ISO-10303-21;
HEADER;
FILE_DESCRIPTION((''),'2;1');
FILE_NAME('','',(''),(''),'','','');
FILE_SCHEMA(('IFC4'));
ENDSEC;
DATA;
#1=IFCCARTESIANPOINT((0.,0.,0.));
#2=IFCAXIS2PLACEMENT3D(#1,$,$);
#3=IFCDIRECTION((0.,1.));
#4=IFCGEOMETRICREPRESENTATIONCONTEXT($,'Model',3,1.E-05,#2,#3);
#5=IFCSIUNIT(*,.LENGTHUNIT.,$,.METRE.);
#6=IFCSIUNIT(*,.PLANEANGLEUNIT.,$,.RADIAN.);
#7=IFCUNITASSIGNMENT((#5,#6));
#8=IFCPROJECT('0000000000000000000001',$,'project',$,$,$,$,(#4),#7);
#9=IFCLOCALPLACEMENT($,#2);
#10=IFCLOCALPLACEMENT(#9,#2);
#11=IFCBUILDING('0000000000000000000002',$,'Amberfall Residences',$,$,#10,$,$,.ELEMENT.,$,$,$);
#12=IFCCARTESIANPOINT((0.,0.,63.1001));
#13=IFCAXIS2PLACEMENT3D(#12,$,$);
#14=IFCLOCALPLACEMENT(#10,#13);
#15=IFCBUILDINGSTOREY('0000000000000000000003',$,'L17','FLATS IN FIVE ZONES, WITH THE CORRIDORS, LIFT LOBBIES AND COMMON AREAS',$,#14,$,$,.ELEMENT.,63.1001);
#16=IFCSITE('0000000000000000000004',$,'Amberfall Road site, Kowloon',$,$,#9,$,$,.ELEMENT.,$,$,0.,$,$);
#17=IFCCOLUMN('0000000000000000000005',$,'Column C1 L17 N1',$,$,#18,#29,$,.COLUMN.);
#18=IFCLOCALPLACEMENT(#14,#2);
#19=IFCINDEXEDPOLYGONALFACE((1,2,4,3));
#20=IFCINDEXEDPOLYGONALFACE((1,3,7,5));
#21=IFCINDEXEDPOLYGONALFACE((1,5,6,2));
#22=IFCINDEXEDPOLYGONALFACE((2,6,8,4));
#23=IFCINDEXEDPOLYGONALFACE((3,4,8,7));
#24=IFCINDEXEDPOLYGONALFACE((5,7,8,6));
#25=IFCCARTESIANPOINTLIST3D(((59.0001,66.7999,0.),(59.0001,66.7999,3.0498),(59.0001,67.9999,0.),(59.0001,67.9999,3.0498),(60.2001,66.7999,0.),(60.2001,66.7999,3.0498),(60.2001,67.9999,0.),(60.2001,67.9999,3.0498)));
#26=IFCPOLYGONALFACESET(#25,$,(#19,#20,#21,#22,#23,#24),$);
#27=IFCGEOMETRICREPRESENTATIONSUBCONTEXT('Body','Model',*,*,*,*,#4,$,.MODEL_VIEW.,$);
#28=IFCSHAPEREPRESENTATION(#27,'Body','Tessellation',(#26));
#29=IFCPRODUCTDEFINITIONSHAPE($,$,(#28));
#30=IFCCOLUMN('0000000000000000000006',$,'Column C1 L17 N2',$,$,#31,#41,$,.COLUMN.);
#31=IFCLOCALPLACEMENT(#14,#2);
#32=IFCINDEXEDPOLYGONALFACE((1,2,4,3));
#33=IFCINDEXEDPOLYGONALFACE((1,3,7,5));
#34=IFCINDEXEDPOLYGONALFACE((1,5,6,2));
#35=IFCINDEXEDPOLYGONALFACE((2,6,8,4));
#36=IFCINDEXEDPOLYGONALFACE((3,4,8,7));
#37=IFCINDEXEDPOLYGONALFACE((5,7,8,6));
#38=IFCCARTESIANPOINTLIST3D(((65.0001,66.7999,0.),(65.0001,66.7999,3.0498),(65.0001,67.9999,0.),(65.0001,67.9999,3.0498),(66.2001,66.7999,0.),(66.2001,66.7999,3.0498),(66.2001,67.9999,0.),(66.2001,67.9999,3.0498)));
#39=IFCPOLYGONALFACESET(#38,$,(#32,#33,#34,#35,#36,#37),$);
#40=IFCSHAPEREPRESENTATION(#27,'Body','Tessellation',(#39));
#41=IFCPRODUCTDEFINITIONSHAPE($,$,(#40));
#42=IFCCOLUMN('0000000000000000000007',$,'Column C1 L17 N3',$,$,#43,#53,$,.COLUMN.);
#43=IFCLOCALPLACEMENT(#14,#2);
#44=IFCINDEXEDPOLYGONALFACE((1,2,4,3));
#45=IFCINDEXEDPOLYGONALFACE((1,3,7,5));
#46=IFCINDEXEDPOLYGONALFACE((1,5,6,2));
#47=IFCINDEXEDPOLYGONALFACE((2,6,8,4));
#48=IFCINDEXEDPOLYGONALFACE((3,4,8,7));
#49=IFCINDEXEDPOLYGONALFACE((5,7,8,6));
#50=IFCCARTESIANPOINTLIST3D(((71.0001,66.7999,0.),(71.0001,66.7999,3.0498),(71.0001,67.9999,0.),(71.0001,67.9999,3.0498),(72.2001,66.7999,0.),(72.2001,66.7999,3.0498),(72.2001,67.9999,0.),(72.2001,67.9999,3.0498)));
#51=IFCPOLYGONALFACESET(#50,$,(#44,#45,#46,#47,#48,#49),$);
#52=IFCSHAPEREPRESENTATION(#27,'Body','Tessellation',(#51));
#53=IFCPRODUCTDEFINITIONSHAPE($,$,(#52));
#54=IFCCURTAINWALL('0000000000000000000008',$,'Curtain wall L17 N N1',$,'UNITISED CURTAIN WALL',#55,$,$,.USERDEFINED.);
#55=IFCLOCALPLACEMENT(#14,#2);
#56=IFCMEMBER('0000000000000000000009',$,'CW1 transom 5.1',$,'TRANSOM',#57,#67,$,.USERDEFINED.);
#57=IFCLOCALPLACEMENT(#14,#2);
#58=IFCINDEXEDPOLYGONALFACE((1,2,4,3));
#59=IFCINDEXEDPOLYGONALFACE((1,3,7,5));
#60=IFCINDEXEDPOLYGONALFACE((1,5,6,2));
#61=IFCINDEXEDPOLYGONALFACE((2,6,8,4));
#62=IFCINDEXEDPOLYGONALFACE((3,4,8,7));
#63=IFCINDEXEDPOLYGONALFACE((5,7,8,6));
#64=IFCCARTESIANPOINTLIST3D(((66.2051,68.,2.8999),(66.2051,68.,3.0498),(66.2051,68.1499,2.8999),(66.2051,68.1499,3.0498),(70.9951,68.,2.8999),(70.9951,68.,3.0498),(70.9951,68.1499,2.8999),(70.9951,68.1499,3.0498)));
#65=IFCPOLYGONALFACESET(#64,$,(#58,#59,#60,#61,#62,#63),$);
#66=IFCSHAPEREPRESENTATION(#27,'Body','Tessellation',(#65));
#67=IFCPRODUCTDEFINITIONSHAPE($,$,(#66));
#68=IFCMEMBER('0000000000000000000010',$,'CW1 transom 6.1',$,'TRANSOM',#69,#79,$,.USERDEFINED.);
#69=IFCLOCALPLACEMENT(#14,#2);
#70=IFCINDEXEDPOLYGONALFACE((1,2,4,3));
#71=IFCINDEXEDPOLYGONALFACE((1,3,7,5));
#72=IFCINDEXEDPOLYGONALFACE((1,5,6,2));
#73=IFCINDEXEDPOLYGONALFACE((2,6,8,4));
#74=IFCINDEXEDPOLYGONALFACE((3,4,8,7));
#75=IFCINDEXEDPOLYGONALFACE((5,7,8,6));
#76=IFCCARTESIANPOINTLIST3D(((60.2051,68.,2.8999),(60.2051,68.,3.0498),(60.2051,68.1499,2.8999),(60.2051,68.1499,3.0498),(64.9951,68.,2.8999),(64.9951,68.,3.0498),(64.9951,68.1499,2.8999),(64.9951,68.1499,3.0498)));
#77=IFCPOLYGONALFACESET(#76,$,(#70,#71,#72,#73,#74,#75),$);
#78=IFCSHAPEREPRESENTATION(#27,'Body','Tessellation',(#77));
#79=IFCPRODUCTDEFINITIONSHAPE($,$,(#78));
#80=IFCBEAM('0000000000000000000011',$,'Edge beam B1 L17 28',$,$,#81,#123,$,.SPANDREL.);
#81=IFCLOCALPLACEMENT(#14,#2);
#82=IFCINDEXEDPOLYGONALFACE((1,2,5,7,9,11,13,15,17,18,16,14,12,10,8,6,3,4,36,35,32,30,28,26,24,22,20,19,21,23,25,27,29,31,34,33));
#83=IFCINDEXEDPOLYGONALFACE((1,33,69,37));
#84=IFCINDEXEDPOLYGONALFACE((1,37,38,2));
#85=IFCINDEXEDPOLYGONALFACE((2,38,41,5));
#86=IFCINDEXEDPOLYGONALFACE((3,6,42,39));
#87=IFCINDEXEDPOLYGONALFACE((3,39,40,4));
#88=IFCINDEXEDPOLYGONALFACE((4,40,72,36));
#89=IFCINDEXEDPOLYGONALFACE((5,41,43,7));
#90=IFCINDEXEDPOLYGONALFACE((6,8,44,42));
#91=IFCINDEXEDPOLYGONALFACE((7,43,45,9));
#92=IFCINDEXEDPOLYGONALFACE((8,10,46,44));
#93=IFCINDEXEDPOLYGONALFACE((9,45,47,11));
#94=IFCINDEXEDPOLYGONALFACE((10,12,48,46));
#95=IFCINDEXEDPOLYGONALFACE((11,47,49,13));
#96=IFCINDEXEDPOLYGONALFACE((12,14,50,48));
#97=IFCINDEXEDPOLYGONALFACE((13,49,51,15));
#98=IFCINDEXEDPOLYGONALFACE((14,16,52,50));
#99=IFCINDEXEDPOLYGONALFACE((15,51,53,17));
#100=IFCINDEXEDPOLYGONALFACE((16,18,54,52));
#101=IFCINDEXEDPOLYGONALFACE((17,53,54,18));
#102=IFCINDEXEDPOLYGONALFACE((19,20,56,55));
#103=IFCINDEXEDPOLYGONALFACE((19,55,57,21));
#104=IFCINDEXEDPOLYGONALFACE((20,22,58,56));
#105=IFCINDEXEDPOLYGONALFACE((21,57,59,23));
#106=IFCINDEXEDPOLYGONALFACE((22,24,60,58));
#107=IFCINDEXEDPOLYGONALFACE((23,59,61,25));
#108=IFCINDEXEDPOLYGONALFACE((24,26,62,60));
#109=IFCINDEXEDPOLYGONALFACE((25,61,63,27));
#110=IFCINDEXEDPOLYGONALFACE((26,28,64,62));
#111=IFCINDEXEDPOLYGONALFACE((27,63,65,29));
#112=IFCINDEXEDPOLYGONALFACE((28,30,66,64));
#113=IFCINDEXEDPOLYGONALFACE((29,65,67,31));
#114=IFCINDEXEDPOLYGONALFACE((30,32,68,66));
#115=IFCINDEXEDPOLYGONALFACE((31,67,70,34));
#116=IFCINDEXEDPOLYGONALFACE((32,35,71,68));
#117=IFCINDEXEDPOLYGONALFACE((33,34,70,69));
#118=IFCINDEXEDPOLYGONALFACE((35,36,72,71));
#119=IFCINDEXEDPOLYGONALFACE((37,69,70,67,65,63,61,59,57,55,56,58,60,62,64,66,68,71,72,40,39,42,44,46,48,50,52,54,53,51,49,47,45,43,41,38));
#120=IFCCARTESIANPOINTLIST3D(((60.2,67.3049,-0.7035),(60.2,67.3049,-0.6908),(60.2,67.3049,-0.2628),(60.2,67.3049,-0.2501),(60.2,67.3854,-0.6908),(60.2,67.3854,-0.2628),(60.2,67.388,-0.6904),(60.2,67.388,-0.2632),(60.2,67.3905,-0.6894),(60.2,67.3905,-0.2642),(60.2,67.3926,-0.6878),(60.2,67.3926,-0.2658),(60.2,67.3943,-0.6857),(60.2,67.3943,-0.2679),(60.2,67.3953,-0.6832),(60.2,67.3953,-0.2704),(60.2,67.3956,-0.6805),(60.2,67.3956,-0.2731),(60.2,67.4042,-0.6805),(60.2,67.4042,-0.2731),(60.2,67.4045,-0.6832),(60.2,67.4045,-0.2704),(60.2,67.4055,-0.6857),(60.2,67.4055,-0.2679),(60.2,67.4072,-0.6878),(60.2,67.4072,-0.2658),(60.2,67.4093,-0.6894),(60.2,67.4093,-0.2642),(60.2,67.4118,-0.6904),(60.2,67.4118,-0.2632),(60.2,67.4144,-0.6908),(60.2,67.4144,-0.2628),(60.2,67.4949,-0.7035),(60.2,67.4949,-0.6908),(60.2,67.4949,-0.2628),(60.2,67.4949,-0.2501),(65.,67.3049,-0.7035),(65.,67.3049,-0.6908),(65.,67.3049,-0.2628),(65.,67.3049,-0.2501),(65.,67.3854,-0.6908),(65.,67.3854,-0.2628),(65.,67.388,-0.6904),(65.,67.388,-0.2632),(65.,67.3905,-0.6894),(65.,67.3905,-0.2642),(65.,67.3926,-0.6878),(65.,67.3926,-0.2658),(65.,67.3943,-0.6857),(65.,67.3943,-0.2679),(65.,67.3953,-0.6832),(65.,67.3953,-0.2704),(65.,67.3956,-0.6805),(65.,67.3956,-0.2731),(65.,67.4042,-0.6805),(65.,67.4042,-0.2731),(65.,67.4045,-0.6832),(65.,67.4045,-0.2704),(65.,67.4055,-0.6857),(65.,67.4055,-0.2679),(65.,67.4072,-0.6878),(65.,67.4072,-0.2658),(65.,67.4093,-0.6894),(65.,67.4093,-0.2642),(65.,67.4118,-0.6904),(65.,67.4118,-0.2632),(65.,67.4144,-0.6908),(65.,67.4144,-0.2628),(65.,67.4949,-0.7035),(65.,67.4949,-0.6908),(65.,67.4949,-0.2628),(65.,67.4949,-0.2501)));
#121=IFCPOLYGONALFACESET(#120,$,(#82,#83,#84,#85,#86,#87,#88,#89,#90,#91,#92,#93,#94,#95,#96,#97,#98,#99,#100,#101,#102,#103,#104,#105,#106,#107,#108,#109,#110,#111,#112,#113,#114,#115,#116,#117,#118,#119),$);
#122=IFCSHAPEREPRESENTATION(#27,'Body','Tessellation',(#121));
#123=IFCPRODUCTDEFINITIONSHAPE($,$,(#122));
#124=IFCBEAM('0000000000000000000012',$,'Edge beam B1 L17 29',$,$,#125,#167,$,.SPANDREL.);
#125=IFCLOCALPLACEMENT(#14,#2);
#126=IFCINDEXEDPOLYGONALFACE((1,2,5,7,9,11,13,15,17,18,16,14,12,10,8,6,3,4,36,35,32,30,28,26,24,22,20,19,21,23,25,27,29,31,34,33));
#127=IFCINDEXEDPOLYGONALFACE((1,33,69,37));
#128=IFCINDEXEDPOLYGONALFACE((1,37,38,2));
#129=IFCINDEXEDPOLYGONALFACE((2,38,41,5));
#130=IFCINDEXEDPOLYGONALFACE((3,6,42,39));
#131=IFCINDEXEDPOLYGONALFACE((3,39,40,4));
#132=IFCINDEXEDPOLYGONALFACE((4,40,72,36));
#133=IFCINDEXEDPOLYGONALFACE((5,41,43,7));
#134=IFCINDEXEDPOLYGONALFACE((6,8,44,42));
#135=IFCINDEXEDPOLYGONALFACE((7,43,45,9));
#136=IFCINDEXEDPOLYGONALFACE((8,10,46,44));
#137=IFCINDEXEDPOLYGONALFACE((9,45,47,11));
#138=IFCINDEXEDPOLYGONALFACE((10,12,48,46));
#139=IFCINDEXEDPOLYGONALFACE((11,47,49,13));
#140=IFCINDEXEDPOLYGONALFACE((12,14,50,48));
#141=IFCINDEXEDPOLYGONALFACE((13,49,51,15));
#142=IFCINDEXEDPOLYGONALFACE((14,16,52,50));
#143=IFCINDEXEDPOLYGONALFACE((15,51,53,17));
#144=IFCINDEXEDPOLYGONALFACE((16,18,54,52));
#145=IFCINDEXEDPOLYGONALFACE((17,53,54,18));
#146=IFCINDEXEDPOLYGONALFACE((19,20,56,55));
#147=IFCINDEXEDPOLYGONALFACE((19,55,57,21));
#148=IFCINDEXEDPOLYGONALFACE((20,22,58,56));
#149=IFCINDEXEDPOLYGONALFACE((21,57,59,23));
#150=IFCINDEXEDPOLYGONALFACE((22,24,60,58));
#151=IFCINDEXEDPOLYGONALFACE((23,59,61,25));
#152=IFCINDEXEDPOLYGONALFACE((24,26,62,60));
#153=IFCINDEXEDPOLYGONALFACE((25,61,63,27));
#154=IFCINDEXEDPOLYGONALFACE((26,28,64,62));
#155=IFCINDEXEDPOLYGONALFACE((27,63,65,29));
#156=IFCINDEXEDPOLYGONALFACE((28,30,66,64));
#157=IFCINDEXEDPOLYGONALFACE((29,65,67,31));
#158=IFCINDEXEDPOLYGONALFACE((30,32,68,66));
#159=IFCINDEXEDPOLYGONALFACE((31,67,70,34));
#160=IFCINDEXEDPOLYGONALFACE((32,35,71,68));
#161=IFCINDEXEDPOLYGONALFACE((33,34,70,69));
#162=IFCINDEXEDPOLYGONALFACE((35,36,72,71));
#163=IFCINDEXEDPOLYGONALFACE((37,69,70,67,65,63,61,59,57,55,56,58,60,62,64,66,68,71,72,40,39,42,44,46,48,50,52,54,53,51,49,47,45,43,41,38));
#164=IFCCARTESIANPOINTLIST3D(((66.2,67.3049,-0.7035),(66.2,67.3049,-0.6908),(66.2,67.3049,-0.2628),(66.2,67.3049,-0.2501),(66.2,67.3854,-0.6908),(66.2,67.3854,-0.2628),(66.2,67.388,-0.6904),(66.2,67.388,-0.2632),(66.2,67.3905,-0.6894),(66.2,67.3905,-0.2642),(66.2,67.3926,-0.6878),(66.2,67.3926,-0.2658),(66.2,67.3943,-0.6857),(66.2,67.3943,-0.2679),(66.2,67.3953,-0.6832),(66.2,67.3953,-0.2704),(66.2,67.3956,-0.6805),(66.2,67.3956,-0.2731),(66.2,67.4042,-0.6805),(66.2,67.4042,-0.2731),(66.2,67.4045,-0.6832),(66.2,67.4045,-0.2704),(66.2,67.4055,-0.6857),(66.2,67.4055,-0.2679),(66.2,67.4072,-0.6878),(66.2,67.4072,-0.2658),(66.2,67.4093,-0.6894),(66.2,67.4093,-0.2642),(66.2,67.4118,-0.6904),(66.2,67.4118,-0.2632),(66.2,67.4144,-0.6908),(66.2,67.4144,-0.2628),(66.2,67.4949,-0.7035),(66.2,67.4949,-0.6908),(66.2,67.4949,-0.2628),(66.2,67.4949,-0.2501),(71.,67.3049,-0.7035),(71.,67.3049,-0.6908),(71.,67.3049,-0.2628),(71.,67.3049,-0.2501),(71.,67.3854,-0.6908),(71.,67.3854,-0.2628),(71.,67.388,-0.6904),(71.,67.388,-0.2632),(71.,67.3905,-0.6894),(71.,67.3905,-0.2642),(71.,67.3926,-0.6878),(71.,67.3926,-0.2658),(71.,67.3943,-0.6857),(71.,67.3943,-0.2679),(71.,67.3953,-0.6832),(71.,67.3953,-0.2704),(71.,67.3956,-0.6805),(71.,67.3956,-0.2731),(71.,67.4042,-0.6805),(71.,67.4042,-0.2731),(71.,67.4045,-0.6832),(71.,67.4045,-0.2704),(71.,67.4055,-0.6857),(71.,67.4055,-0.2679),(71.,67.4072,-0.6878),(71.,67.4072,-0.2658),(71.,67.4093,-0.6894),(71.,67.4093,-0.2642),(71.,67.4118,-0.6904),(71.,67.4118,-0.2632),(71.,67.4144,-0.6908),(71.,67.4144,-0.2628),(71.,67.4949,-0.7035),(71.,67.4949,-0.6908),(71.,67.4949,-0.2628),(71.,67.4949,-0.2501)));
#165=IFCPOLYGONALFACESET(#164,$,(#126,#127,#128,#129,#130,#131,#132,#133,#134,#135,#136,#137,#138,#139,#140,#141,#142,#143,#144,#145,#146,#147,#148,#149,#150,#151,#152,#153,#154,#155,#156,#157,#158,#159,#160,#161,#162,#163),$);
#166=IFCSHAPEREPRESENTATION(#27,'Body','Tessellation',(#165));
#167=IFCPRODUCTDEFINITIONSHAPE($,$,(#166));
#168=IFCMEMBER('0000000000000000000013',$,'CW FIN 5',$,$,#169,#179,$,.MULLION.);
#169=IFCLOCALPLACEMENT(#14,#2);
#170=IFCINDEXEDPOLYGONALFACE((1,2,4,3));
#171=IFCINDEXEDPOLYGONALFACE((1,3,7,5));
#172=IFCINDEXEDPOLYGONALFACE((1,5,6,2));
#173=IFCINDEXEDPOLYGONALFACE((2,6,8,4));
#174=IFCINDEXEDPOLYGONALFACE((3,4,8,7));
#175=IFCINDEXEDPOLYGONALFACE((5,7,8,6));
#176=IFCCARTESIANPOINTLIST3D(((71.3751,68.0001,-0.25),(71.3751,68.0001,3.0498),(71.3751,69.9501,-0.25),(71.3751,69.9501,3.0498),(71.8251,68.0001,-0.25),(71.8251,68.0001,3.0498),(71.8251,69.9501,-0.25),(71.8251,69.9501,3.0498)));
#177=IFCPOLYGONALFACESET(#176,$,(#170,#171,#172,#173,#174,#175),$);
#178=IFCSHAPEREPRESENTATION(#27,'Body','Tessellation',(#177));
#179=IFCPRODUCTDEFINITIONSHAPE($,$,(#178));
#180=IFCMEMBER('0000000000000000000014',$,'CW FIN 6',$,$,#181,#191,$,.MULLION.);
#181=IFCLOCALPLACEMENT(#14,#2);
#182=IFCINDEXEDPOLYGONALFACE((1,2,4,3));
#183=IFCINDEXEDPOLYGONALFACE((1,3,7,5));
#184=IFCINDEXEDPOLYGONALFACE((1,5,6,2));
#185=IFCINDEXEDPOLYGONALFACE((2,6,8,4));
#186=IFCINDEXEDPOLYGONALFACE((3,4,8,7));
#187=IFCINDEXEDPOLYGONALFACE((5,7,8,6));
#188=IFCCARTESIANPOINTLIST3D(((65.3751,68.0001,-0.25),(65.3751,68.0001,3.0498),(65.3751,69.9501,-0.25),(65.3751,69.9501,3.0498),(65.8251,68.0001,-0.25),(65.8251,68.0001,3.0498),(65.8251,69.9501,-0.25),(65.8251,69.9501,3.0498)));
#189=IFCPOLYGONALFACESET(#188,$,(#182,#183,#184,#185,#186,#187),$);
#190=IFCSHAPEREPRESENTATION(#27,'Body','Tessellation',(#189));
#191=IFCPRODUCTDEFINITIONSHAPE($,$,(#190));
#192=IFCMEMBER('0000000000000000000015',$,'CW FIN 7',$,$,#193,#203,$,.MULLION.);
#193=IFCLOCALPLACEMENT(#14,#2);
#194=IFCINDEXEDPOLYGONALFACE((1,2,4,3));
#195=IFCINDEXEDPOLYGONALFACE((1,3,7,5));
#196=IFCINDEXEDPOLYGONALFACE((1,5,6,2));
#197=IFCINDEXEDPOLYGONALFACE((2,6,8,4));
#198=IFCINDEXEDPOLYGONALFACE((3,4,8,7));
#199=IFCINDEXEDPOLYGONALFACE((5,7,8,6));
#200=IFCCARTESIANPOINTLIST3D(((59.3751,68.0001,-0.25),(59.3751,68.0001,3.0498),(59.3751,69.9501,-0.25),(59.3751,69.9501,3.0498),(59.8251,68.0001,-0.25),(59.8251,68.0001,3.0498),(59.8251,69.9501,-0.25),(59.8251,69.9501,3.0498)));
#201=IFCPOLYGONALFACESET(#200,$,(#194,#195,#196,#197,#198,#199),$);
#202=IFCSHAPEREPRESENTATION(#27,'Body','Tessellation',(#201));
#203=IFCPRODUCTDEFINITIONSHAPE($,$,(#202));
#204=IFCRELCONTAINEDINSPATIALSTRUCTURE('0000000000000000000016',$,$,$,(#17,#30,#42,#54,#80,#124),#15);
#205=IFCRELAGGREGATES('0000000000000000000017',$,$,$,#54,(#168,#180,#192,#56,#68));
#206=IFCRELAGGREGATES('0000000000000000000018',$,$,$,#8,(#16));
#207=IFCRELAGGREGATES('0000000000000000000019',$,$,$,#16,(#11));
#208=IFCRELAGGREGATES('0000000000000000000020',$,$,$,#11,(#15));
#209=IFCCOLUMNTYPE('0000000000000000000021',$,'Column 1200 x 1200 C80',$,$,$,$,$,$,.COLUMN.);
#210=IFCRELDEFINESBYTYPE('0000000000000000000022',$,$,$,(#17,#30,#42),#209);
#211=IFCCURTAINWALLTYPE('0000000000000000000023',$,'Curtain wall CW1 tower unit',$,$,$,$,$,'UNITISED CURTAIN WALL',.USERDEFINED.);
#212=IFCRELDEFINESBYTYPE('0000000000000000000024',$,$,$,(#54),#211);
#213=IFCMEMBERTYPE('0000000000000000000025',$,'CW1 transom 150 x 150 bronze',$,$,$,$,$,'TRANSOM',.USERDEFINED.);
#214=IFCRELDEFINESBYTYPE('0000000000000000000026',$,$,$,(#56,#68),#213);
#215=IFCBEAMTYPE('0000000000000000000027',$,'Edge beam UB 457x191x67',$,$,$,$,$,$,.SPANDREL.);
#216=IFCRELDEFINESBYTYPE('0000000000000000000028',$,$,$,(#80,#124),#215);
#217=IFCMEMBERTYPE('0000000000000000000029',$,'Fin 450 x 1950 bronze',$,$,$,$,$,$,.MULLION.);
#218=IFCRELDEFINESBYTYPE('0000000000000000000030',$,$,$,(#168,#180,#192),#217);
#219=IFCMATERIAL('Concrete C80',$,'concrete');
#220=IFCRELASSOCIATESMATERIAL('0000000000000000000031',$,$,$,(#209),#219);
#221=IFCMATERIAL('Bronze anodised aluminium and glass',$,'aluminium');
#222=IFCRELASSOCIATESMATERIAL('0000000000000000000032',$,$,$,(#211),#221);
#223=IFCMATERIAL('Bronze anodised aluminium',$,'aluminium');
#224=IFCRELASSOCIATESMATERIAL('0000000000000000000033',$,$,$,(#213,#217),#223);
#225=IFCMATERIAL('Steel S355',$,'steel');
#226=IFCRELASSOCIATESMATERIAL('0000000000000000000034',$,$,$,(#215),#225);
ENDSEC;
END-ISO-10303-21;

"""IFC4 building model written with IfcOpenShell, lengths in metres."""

from ifc_helpers import new_model, si_unit, direction, frame, origin, origin_2d, place, context, subcontext, project, spatial, rectangle, i_section, extrude, material, material_profile, profile_set, type_object, element, aggregate, save


model = new_model("IFC4")

# Units and contexts
model_context = context("Model", 3, precision=1e-05, world=origin(), true_north=direction((0.0, 1.0)))
body_context = subcontext(model_context, "Body", "Model", "MODEL_VIEW")
ifc_project = project(units=[si_unit("LENGTHUNIT", "METRE"), si_unit("PLANEANGLEUNIT", "RADIAN")], contexts=[model_context])

# Site, building, storey
site_placement = place(None, origin())
site = spatial("IfcSite", under=ifc_project, at=site_placement, Name="Amberfall Road site, Kowloon", CompositionType="ELEMENT", RefElevation=0.0)
building_placement = place(site_placement, origin())
building = spatial("IfcBuilding", under=site, at=building_placement, Name="Amberfall Residences", CompositionType="ELEMENT")
storey_placement = place(building_placement, frame((0.0, 0.0, 63.1001)))
storey = spatial("IfcBuildingStorey", under=building, at=storey_placement, Name="L17", Description="FLATS IN FIVE ZONES, WITH THE CORRIDORS, LIFT LOBBIES AND COMMON AREAS", CompositionType="ELEMENT", Elevation=63.1001)

# Columns
ifc_material_1 = material(Name="Concrete C80", Category="concrete")
ifc_material_profile_1 = material_profile(ifc_material_1, rectangle(XDim=1.2, YDim=1.2, at=origin_2d()), Name="Column 1200 x 1200 C80")
ifc_profile_set_1 = profile_set([ifc_material_profile_1], Name="Concrete C80")
column_type = type_object("IfcColumnType", Name="Column 1200 x 1200 C80", PredefinedType="COLUMN", material=ifc_profile_set_1)
for number, where, z_axis, x_axis, name in (
    (1, (59.6001, 67.3999, 0.0), (0.0, 0.0, 1.0), (1.0, 0.0, 0.0), "Column C1 L17 N1"),
    (2, (65.6001, 67.3999, 0.0), (0.0, 0.0, 1.0), (1.0, 0.0, 0.0), "Column C1 L17 N2"),
    (3, (71.6001, 67.3999, 0.0), (0.0, 0.0, 1.0), (1.0, 0.0, 0.0), "Column C1 L17 N3"),
):
    element("IfcColumn", number, at=place(storey_placement, frame(where, z_axis=z_axis, x_axis=x_axis)), inside=storey, type_object=column_type, Name=name, PredefinedType="COLUMN", context=body_context, shape_type="SweptSolid", body=[
        extrude(rectangle(XDim=1.2, YDim=1.2, at=origin_2d()), origin(), (0.0, 0.0, 1.0), 3.0498),
    ])

# Curtain wall, members
ifc_material_2 = material(Name="Bronze anodised aluminium and glass", Category="aluminium")
curtain_wall_type = type_object("IfcCurtainWallType", Name="Curtain wall CW1 tower unit", ElementType="UNITISED CURTAIN WALL", PredefinedType="USERDEFINED", material=ifc_material_2)
curtain_wall_placement = place(storey_placement, origin())
curtain_wall = element("IfcCurtainWall", 4, at=curtain_wall_placement, inside=storey, type_object=curtain_wall_type, Name="Curtain wall L17 N N1", ObjectType="UNITISED CURTAIN WALL", PredefinedType="USERDEFINED")
ifc_material_3 = material(Name="Bronze anodised aluminium", Category="aluminium")
ifc_material_profile_2 = material_profile(ifc_material_3, rectangle(XDim=0.1499, YDim=0.1499, at=origin_2d()), Name="CW1 transom 150 x 150 bronze")
ifc_profile_set_2 = profile_set([ifc_material_profile_2], Name="Bronze anodised aluminium")
member_type_1 = type_object("IfcMemberType", Name="CW1 transom 150 x 150 bronze", ElementType="TRANSOM", PredefinedType="USERDEFINED", material=ifc_profile_set_2)
member_1_placement = place(storey_placement, frame((70.9951, 68.075, 2.9749), z_axis=(-1.0, 0.0, 0.0), x_axis=(0.0, -1.0, 0.0)))
member_1 = element("IfcMember", 5, at=member_1_placement, type_object=member_type_1, Name="CW1 transom 5.1", ObjectType="TRANSOM", PredefinedType="USERDEFINED", context=body_context, shape_type="SweptSolid", body=[
    extrude(rectangle(XDim=0.1499, YDim=0.1499, at=origin_2d()), origin(), (0.0, 0.0, 1.0), 4.79),
])
member_2_placement = place(storey_placement, frame((64.9951, 68.075, 2.9749), z_axis=(-1.0, 0.0, 0.0), x_axis=(0.0, -1.0, 0.0)))
member_2 = element("IfcMember", 6, at=member_2_placement, type_object=member_type_1, Name="CW1 transom 6.1", ObjectType="TRANSOM", PredefinedType="USERDEFINED", context=body_context, shape_type="SweptSolid", body=[
    extrude(rectangle(XDim=0.1499, YDim=0.1499, at=origin_2d()), origin(), (0.0, 0.0, 1.0), 4.79),
])

# Beams
ifc_material_4 = material(Name="Steel S355", Category="steel")
ifc_material_profile_3 = material_profile(ifc_material_4, i_section(OverallWidth=0.1899, OverallDepth=0.4534, WebThickness=0.0085, FlangeThickness=0.0127, FilletRadius=0.0103, at=origin_2d()), Name="UB 457x191x67")
ifc_profile_set_3 = profile_set([ifc_material_profile_3], Name="Steel S355")
beam_type_1 = type_object("IfcBeamType", Name="Edge beam UB 457x191x67", PredefinedType="SPANDREL", material=ifc_profile_set_3)
for number, where, z_axis, x_axis, name in (
    (7, (60.2, 67.3999, -0.4768), (1.0, 0.0, 0.0), (0.0, 1.0, 0.0), "Edge beam B1 L17 28"),
    (8, (66.2, 67.3999, -0.4768), (1.0, 0.0, 0.0), (0.0, 1.0, 0.0), "Edge beam B1 L17 29"),
):
    element("IfcBeam", number, at=place(storey_placement, frame(where, z_axis=z_axis, x_axis=x_axis)), inside=storey, type_object=beam_type_1, Name=name, PredefinedType="SPANDREL", context=body_context, shape_type="SweptSolid", body=[
        extrude(i_section(OverallWidth=0.1899, OverallDepth=0.4534, WebThickness=0.0085, FlangeThickness=0.0127, FilletRadius=0.0103, at=origin_2d()), origin(), (0.0, 0.0, 1.0), 4.8),
    ])

# Members
ifc_material_profile_4 = material_profile(ifc_material_3, rectangle(XDim=1.95, YDim=0.45, at=origin_2d()), Name="Fin 450 x 1950 bronze")
ifc_profile_set_4 = profile_set([ifc_material_profile_4], Name="Bronze anodised aluminium")
member_type_2 = type_object("IfcMemberType", Name="Fin 450 x 1950 bronze", PredefinedType="MULLION", material=ifc_profile_set_4)
member_3_placement = place(storey_placement, frame((71.6001, 68.9751, -0.25), z_axis=(0.0, 0.0, 1.0), x_axis=(0.0, -1.0, 0.0)))
member_3 = element("IfcMember", 9, at=member_3_placement, type_object=member_type_2, Name="CW FIN 5", PredefinedType="MULLION", context=body_context, shape_type="SweptSolid", body=[
    extrude(rectangle(XDim=1.95, YDim=0.45, at=origin_2d()), origin(), (0.0, 0.0, 1.0), 3.2998),
])
member_4_placement = place(storey_placement, frame((65.6001, 68.9751, -0.25), z_axis=(0.0, 0.0, 1.0), x_axis=(0.0, -1.0, 0.0)))
member_4 = element("IfcMember", 10, at=member_4_placement, type_object=member_type_2, Name="CW FIN 6", PredefinedType="MULLION", context=body_context, shape_type="SweptSolid", body=[
    extrude(rectangle(XDim=1.95, YDim=0.45, at=origin_2d()), origin(), (0.0, 0.0, 1.0), 3.2998),
])
member_5_placement = place(storey_placement, frame((59.6001, 68.9751, -0.25), z_axis=(0.0, 0.0, 1.0), x_axis=(0.0, -1.0, 0.0)))
member_5 = element("IfcMember", 11, at=member_5_placement, type_object=member_type_2, Name="CW FIN 7", PredefinedType="MULLION", context=body_context, shape_type="SweptSolid", body=[
    extrude(rectangle(XDim=1.95, YDim=0.45, at=origin_2d()), origin(), (0.0, 0.0, 1.0), 3.2998),
])

aggregate(curtain_wall, [member_3, member_4, member_5, member_1, member_2])

save(model, "model.ifc")
